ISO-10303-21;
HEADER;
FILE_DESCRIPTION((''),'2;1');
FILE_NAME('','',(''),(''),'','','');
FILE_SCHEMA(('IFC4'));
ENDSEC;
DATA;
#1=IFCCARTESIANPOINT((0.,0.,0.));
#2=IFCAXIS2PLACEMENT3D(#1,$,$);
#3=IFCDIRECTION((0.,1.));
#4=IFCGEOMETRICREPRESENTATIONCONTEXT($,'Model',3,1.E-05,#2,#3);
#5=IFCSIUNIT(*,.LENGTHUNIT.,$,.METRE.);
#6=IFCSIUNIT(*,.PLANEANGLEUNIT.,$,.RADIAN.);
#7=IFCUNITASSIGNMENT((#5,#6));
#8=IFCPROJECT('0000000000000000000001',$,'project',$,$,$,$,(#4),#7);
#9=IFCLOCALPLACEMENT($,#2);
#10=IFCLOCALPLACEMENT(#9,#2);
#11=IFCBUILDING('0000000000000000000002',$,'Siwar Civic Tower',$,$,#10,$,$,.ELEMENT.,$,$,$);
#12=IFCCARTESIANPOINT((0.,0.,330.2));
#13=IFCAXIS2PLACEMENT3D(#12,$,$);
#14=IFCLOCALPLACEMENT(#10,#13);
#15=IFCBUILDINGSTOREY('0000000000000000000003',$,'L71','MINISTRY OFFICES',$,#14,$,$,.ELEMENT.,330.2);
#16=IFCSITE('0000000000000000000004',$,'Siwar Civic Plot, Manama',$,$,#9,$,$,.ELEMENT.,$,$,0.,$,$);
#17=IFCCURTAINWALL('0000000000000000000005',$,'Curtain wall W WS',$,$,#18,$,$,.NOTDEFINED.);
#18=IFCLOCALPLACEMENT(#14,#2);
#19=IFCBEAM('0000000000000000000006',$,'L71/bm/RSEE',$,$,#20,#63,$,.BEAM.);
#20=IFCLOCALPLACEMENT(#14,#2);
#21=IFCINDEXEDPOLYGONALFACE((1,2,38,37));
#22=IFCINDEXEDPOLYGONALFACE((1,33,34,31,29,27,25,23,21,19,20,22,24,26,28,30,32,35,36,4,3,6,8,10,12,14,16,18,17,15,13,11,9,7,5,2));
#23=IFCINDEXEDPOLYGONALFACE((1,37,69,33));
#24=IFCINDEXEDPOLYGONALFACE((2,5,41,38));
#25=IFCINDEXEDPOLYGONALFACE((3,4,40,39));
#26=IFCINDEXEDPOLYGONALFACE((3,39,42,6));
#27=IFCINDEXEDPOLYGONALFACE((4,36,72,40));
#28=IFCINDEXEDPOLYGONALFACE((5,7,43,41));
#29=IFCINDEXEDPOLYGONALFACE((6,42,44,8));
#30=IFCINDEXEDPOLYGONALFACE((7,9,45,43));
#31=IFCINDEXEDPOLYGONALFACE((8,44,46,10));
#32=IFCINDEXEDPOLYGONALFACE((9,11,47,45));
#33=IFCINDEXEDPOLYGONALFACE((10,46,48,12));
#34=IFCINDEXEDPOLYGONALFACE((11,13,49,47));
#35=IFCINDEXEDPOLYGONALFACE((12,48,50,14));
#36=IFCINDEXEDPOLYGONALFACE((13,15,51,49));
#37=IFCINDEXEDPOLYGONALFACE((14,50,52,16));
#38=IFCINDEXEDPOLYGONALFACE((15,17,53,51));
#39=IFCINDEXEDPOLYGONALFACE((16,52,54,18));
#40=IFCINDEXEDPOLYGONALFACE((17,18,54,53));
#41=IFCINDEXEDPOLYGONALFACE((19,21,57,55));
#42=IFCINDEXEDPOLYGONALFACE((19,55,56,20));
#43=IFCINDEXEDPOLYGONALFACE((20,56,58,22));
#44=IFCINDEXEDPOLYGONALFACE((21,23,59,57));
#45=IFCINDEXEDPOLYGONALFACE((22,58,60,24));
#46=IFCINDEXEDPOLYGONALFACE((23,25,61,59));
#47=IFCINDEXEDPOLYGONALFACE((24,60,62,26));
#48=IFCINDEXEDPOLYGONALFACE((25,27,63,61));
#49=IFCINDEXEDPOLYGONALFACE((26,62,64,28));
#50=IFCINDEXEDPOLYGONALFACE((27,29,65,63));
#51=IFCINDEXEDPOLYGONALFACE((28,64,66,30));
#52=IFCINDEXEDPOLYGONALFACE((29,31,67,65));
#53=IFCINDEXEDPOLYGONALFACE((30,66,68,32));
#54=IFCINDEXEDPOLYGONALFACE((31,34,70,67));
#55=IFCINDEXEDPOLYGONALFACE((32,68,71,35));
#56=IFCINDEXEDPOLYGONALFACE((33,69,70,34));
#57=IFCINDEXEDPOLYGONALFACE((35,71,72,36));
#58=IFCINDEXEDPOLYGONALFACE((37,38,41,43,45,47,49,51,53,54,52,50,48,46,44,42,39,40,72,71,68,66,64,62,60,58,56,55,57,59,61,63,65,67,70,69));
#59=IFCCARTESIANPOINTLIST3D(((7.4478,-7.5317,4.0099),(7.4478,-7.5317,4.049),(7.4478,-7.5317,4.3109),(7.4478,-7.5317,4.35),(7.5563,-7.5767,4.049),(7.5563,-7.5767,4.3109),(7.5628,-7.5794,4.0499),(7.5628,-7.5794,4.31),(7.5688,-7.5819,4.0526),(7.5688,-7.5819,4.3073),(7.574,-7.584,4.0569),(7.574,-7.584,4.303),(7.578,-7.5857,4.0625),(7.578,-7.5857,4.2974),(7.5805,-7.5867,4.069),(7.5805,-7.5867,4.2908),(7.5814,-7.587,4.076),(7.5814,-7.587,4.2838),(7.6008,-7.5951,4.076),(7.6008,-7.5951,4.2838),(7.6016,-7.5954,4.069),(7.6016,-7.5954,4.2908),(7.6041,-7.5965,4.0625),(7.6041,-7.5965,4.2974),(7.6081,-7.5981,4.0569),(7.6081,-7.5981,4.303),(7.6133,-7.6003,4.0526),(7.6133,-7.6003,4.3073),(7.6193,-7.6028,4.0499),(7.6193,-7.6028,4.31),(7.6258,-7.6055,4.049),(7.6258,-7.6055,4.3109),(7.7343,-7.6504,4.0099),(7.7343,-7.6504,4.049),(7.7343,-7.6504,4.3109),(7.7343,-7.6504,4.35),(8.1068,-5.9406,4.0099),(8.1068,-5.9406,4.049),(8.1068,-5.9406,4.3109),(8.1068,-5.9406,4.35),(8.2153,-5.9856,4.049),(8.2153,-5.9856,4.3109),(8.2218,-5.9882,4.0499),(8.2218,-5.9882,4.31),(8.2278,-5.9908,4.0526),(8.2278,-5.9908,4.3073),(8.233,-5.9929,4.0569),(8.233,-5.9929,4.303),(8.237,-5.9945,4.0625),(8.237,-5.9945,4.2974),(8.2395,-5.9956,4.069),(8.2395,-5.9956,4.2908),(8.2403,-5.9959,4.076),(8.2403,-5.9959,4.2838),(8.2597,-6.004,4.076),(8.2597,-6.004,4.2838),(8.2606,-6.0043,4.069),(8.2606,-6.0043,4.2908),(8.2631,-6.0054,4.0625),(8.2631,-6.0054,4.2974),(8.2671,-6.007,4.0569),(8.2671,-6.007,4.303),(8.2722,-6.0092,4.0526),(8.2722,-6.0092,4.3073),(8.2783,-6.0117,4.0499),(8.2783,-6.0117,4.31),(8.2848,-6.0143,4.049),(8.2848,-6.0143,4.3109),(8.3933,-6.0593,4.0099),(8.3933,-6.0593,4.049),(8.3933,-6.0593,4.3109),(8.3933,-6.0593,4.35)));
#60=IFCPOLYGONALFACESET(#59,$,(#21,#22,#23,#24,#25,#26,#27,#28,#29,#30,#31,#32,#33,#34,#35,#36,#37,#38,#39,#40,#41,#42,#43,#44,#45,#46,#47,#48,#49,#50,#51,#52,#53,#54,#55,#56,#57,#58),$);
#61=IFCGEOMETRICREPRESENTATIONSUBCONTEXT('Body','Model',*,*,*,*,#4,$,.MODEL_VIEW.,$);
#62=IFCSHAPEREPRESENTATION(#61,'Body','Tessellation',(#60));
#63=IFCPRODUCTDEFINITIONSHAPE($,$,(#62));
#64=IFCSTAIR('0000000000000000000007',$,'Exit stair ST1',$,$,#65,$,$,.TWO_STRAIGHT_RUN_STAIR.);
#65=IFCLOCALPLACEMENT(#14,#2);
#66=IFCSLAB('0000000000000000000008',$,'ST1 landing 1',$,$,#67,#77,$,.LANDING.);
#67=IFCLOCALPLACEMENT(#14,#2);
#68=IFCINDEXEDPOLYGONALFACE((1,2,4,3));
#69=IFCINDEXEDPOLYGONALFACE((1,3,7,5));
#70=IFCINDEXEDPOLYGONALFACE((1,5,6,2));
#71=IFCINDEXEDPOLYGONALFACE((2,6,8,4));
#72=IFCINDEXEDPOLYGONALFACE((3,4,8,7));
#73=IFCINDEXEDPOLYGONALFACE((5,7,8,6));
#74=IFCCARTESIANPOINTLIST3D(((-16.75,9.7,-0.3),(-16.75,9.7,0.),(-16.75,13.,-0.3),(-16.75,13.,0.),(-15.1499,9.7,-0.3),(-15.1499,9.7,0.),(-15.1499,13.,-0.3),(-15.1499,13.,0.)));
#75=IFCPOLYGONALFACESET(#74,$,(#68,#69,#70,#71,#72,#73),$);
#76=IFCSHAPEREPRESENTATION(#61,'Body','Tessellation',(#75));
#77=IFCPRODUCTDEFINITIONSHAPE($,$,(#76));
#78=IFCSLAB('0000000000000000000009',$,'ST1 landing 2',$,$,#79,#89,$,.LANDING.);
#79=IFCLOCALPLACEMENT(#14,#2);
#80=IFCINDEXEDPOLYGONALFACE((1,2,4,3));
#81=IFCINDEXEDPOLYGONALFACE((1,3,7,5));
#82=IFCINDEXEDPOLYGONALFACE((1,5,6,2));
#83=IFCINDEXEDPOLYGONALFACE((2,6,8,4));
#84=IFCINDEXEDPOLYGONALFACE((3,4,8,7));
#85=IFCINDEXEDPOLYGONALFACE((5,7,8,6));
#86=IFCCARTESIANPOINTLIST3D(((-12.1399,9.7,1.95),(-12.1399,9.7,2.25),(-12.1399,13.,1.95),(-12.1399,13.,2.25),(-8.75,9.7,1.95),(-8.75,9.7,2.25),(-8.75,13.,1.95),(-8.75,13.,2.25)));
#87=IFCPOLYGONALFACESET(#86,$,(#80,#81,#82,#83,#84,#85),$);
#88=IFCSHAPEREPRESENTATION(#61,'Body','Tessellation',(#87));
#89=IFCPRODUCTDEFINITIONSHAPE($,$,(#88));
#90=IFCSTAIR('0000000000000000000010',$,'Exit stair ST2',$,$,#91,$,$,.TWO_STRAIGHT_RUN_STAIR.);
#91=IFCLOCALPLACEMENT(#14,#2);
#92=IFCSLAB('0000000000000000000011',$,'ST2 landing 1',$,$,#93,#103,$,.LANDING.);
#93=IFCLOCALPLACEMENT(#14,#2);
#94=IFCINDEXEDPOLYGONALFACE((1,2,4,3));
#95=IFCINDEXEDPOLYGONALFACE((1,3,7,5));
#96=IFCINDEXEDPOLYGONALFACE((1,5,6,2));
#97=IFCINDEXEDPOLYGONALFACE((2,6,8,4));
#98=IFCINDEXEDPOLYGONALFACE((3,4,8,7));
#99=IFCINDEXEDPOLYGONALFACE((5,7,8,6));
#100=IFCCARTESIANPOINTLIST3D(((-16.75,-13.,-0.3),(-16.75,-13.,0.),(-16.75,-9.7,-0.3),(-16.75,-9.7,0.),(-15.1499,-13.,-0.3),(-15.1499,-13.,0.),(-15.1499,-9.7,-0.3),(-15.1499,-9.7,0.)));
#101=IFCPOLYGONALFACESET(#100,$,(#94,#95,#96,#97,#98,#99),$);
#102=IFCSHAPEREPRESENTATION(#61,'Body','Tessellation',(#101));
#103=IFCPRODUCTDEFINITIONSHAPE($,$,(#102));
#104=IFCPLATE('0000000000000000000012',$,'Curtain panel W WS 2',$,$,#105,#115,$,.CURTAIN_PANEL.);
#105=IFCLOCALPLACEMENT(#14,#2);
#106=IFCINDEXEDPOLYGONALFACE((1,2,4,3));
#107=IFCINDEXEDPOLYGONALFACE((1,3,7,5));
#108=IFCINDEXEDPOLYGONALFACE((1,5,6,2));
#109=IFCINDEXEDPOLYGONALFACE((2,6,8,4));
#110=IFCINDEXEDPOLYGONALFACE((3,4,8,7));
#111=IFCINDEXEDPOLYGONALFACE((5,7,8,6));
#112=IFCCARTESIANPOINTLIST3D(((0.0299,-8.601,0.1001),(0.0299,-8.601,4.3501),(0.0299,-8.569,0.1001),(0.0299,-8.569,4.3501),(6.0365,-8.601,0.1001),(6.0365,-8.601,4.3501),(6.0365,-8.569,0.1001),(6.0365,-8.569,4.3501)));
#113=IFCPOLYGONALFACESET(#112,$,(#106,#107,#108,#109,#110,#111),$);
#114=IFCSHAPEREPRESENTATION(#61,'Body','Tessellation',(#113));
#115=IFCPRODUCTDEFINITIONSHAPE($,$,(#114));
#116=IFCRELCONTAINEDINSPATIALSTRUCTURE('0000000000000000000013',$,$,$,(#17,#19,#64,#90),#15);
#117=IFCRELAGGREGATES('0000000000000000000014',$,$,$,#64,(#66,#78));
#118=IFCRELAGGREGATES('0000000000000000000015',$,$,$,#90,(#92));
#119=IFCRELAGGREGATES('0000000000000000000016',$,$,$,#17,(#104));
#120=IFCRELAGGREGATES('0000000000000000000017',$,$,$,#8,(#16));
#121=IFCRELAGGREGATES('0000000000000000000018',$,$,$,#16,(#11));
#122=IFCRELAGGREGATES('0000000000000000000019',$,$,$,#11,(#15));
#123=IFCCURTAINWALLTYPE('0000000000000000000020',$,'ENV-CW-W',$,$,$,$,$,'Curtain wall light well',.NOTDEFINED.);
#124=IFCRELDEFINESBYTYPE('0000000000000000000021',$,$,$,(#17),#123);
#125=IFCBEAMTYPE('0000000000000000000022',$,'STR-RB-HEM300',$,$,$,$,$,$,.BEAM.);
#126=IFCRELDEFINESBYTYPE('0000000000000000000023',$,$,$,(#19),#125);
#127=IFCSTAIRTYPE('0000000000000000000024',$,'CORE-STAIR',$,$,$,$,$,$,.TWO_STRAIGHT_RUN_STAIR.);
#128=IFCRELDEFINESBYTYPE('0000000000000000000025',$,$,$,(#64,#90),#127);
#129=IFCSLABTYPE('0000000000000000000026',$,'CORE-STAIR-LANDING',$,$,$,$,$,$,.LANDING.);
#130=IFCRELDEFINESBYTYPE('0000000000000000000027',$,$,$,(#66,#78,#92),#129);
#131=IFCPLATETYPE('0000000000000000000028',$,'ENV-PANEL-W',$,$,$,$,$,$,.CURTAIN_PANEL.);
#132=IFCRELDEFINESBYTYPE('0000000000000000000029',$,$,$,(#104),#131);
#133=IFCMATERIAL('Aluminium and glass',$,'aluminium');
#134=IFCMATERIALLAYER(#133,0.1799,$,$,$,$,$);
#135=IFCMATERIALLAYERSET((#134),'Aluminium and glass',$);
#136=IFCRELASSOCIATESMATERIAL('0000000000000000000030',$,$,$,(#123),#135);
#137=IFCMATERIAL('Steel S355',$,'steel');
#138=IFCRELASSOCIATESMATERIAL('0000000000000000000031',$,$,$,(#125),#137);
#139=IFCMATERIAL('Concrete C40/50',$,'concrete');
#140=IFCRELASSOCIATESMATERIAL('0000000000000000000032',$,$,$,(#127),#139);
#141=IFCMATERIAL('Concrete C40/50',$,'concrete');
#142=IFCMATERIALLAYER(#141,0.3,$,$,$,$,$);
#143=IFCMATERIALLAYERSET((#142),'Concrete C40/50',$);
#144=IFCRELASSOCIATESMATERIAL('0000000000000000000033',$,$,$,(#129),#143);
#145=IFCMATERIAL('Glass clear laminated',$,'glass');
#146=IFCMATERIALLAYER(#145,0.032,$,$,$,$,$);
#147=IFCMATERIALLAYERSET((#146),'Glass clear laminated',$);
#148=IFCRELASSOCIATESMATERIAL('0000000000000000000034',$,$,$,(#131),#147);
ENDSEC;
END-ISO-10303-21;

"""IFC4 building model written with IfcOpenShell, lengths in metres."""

from ifc_helpers import new_model, si_unit, direction, frame, origin, origin_2d, place, context, subcontext, project, spatial, polyline, rectangle, i_section, outline, extrude, material, layer, layer_set, material_profile, profile_set, type_object, element, aggregate, save


model = new_model("IFC4")

# Units and contexts
model_context = context("Model", 3, precision=1e-05, world=origin(), true_north=direction((0.0, 1.0)))
body_context = subcontext(model_context, "Body", "Model", "MODEL_VIEW")
ifc_project = project(units=[si_unit("LENGTHUNIT", "METRE"), si_unit("PLANEANGLEUNIT", "RADIAN")], contexts=[model_context])

# Site, building, storey
site_placement = place(None, origin())
site = spatial("IfcSite", under=ifc_project, at=site_placement, Name="Siwar Civic Plot, Manama", CompositionType="ELEMENT", RefElevation=0.0)
building_placement = place(site_placement, origin())
building = spatial("IfcBuilding", under=site, at=building_placement, Name="Siwar Civic Tower", CompositionType="ELEMENT")
storey_placement = place(building_placement, frame((0.0, 0.0, 330.2)))
storey = spatial("IfcBuildingStorey", under=building, at=storey_placement, Name="L71", Description="MINISTRY OFFICES", CompositionType="ELEMENT", Elevation=330.2)

# Curtain wall
ifc_material_1 = material(Name="Aluminium and glass", Category="aluminium")
ifc_layer_1 = layer(ifc_material_1, 0.1799)
ifc_layer_set_1 = layer_set([ifc_layer_1], Name="Aluminium and glass")
curtain_wall_type = type_object("IfcCurtainWallType", Name="ENV-CW-W", ElementType="Curtain wall light well", PredefinedType="NOTDEFINED", material=ifc_layer_set_1)
curtain_wall_placement = place(storey_placement, origin())
curtain_wall = element("IfcCurtainWall", 1, at=curtain_wall_placement, inside=storey, type_object=curtain_wall_type, Name="Curtain wall W WS", PredefinedType="NOTDEFINED")

# Beam
ifc_material_2 = material(Name="Steel S355", Category="steel")
ifc_material_profile_1 = material_profile(ifc_material_2, i_section(OverallWidth=0.3101, OverallDepth=0.3401, WebThickness=0.021, FlangeThickness=0.0391, FilletRadius=0.0271, at=origin_2d()), Name="HEM300")
ifc_profile_set_1 = profile_set([ifc_material_profile_1], Name="Steel S355")
beam_type = type_object("IfcBeamType", Name="STR-RB-HEM300", PredefinedType="BEAM", material=ifc_profile_set_1)
for number, where, z_axis, x_axis, name in (
    (2, (7.5911, -7.5911, 4.1799), (0.382631, 0.923901, 0.0), (-0.923901, 0.382631, 0.0), "L71/bm/RSEE"),
):
    element("IfcBeam", number, at=place(storey_placement, frame(where, z_axis=z_axis, x_axis=x_axis)), inside=storey, type_object=beam_type, Name=name, PredefinedType="BEAM", context=body_context, shape_type="SweptSolid", body=[
        extrude(i_section(OverallWidth=0.3101, OverallDepth=0.3401, WebThickness=0.021, FlangeThickness=0.0391, FilletRadius=0.0271, at=origin_2d()), origin(), (0.0, 0.0, 1.0), 1.7222),
    ])

# Stair, slabs
ifc_material_3 = material(Name="Concrete C40/50", Category="concrete")
stair_type = type_object("IfcStairType", Name="CORE-STAIR", PredefinedType="TWO_STRAIGHT_RUN_STAIR", material=ifc_material_3)
stair_1_placement = place(storey_placement, origin())
stair_1 = element("IfcStair", 3, at=stair_1_placement, inside=storey, type_object=stair_type, Name="Exit stair ST1", PredefinedType="TWO_STRAIGHT_RUN_STAIR")
ifc_material_4 = material(Name="Concrete C40/50", Category="concrete")
ifc_layer_2 = layer(ifc_material_4, 0.3)
ifc_layer_set_2 = layer_set([ifc_layer_2], Name="Concrete C40/50")
slab_type_1 = type_object("IfcSlabType", Name="CORE-STAIR-LANDING", PredefinedType="LANDING", material=ifc_layer_set_2)
slab_1_placement = place(storey_placement, frame((0.0, 0.0, -0.3)))
slab_1 = element("IfcSlab", 4, at=slab_1_placement, type_object=slab_type_1, Name="ST1 landing 1", PredefinedType="LANDING", context=body_context, shape_type="SweptSolid", body=[
    extrude(outline(polyline([(-15.1499, 13.0), (-16.75, 13.0), (-16.75, 9.7), (-15.1499, 9.7), (-15.1499, 13.0)])), origin(), (0.0, 0.0, 1.0), 0.3),
])
slab_2_placement = place(storey_placement, frame((0.0, 0.0, 1.95)))
slab_2 = element("IfcSlab", 5, at=slab_2_placement, type_object=slab_type_1, Name="ST1 landing 2", PredefinedType="LANDING", context=body_context, shape_type="SweptSolid", body=[
    extrude(outline(polyline([(-8.75, 13.0), (-12.1399, 13.0), (-12.1399, 9.7), (-8.75, 9.7), (-8.75, 13.0)])), origin(), (0.0, 0.0, 1.0), 0.3),
])
aggregate(stair_1, [slab_1, slab_2])

# Stair, slab
stair_2_placement = place(storey_placement, origin())
stair_2 = element("IfcStair", 6, at=stair_2_placement, inside=storey, type_object=stair_type, Name="Exit stair ST2", PredefinedType="TWO_STRAIGHT_RUN_STAIR")
slab_3_placement = place(storey_placement, frame((0.0, 0.0, -0.3)))
slab_3 = element("IfcSlab", 7, at=slab_3_placement, type_object=slab_type_1, Name="ST2 landing 1", PredefinedType="LANDING", context=body_context, shape_type="SweptSolid", body=[
    extrude(outline(polyline([(-15.1499, -9.7), (-16.75, -9.7), (-16.75, -13.0), (-15.1499, -13.0), (-15.1499, -9.7)])), origin(), (0.0, 0.0, 1.0), 0.3),
])
aggregate(stair_2, [slab_3])

# Plate
ifc_material_5 = material(Name="Glass clear laminated", Category="glass")
ifc_layer_3 = layer(ifc_material_5, 0.032)
ifc_layer_set_3 = layer_set([ifc_layer_3], Name="Glass clear laminated")
plate_type = type_object("IfcPlateType", Name="ENV-PANEL-W", PredefinedType="CURTAIN_PANEL", material=ifc_layer_set_3)
plate_placement = place(storey_placement, frame((3.0332, -8.585, 0.1001), z_axis=(0.0, 0.0, 1.0), x_axis=(1.0, 0.0, 0.0)))
plate = element("IfcPlate", 8, at=plate_placement, type_object=plate_type, Name="Curtain panel W WS 2", PredefinedType="CURTAIN_PANEL", context=body_context, shape_type="SweptSolid", body=[
    extrude(rectangle(XDim=6.0066, YDim=0.032, at=origin_2d()), origin(), (0.0, 0.0, 1.0), 4.25),
])
aggregate(curtain_wall, [plate])

save(model, "model.ifc")
